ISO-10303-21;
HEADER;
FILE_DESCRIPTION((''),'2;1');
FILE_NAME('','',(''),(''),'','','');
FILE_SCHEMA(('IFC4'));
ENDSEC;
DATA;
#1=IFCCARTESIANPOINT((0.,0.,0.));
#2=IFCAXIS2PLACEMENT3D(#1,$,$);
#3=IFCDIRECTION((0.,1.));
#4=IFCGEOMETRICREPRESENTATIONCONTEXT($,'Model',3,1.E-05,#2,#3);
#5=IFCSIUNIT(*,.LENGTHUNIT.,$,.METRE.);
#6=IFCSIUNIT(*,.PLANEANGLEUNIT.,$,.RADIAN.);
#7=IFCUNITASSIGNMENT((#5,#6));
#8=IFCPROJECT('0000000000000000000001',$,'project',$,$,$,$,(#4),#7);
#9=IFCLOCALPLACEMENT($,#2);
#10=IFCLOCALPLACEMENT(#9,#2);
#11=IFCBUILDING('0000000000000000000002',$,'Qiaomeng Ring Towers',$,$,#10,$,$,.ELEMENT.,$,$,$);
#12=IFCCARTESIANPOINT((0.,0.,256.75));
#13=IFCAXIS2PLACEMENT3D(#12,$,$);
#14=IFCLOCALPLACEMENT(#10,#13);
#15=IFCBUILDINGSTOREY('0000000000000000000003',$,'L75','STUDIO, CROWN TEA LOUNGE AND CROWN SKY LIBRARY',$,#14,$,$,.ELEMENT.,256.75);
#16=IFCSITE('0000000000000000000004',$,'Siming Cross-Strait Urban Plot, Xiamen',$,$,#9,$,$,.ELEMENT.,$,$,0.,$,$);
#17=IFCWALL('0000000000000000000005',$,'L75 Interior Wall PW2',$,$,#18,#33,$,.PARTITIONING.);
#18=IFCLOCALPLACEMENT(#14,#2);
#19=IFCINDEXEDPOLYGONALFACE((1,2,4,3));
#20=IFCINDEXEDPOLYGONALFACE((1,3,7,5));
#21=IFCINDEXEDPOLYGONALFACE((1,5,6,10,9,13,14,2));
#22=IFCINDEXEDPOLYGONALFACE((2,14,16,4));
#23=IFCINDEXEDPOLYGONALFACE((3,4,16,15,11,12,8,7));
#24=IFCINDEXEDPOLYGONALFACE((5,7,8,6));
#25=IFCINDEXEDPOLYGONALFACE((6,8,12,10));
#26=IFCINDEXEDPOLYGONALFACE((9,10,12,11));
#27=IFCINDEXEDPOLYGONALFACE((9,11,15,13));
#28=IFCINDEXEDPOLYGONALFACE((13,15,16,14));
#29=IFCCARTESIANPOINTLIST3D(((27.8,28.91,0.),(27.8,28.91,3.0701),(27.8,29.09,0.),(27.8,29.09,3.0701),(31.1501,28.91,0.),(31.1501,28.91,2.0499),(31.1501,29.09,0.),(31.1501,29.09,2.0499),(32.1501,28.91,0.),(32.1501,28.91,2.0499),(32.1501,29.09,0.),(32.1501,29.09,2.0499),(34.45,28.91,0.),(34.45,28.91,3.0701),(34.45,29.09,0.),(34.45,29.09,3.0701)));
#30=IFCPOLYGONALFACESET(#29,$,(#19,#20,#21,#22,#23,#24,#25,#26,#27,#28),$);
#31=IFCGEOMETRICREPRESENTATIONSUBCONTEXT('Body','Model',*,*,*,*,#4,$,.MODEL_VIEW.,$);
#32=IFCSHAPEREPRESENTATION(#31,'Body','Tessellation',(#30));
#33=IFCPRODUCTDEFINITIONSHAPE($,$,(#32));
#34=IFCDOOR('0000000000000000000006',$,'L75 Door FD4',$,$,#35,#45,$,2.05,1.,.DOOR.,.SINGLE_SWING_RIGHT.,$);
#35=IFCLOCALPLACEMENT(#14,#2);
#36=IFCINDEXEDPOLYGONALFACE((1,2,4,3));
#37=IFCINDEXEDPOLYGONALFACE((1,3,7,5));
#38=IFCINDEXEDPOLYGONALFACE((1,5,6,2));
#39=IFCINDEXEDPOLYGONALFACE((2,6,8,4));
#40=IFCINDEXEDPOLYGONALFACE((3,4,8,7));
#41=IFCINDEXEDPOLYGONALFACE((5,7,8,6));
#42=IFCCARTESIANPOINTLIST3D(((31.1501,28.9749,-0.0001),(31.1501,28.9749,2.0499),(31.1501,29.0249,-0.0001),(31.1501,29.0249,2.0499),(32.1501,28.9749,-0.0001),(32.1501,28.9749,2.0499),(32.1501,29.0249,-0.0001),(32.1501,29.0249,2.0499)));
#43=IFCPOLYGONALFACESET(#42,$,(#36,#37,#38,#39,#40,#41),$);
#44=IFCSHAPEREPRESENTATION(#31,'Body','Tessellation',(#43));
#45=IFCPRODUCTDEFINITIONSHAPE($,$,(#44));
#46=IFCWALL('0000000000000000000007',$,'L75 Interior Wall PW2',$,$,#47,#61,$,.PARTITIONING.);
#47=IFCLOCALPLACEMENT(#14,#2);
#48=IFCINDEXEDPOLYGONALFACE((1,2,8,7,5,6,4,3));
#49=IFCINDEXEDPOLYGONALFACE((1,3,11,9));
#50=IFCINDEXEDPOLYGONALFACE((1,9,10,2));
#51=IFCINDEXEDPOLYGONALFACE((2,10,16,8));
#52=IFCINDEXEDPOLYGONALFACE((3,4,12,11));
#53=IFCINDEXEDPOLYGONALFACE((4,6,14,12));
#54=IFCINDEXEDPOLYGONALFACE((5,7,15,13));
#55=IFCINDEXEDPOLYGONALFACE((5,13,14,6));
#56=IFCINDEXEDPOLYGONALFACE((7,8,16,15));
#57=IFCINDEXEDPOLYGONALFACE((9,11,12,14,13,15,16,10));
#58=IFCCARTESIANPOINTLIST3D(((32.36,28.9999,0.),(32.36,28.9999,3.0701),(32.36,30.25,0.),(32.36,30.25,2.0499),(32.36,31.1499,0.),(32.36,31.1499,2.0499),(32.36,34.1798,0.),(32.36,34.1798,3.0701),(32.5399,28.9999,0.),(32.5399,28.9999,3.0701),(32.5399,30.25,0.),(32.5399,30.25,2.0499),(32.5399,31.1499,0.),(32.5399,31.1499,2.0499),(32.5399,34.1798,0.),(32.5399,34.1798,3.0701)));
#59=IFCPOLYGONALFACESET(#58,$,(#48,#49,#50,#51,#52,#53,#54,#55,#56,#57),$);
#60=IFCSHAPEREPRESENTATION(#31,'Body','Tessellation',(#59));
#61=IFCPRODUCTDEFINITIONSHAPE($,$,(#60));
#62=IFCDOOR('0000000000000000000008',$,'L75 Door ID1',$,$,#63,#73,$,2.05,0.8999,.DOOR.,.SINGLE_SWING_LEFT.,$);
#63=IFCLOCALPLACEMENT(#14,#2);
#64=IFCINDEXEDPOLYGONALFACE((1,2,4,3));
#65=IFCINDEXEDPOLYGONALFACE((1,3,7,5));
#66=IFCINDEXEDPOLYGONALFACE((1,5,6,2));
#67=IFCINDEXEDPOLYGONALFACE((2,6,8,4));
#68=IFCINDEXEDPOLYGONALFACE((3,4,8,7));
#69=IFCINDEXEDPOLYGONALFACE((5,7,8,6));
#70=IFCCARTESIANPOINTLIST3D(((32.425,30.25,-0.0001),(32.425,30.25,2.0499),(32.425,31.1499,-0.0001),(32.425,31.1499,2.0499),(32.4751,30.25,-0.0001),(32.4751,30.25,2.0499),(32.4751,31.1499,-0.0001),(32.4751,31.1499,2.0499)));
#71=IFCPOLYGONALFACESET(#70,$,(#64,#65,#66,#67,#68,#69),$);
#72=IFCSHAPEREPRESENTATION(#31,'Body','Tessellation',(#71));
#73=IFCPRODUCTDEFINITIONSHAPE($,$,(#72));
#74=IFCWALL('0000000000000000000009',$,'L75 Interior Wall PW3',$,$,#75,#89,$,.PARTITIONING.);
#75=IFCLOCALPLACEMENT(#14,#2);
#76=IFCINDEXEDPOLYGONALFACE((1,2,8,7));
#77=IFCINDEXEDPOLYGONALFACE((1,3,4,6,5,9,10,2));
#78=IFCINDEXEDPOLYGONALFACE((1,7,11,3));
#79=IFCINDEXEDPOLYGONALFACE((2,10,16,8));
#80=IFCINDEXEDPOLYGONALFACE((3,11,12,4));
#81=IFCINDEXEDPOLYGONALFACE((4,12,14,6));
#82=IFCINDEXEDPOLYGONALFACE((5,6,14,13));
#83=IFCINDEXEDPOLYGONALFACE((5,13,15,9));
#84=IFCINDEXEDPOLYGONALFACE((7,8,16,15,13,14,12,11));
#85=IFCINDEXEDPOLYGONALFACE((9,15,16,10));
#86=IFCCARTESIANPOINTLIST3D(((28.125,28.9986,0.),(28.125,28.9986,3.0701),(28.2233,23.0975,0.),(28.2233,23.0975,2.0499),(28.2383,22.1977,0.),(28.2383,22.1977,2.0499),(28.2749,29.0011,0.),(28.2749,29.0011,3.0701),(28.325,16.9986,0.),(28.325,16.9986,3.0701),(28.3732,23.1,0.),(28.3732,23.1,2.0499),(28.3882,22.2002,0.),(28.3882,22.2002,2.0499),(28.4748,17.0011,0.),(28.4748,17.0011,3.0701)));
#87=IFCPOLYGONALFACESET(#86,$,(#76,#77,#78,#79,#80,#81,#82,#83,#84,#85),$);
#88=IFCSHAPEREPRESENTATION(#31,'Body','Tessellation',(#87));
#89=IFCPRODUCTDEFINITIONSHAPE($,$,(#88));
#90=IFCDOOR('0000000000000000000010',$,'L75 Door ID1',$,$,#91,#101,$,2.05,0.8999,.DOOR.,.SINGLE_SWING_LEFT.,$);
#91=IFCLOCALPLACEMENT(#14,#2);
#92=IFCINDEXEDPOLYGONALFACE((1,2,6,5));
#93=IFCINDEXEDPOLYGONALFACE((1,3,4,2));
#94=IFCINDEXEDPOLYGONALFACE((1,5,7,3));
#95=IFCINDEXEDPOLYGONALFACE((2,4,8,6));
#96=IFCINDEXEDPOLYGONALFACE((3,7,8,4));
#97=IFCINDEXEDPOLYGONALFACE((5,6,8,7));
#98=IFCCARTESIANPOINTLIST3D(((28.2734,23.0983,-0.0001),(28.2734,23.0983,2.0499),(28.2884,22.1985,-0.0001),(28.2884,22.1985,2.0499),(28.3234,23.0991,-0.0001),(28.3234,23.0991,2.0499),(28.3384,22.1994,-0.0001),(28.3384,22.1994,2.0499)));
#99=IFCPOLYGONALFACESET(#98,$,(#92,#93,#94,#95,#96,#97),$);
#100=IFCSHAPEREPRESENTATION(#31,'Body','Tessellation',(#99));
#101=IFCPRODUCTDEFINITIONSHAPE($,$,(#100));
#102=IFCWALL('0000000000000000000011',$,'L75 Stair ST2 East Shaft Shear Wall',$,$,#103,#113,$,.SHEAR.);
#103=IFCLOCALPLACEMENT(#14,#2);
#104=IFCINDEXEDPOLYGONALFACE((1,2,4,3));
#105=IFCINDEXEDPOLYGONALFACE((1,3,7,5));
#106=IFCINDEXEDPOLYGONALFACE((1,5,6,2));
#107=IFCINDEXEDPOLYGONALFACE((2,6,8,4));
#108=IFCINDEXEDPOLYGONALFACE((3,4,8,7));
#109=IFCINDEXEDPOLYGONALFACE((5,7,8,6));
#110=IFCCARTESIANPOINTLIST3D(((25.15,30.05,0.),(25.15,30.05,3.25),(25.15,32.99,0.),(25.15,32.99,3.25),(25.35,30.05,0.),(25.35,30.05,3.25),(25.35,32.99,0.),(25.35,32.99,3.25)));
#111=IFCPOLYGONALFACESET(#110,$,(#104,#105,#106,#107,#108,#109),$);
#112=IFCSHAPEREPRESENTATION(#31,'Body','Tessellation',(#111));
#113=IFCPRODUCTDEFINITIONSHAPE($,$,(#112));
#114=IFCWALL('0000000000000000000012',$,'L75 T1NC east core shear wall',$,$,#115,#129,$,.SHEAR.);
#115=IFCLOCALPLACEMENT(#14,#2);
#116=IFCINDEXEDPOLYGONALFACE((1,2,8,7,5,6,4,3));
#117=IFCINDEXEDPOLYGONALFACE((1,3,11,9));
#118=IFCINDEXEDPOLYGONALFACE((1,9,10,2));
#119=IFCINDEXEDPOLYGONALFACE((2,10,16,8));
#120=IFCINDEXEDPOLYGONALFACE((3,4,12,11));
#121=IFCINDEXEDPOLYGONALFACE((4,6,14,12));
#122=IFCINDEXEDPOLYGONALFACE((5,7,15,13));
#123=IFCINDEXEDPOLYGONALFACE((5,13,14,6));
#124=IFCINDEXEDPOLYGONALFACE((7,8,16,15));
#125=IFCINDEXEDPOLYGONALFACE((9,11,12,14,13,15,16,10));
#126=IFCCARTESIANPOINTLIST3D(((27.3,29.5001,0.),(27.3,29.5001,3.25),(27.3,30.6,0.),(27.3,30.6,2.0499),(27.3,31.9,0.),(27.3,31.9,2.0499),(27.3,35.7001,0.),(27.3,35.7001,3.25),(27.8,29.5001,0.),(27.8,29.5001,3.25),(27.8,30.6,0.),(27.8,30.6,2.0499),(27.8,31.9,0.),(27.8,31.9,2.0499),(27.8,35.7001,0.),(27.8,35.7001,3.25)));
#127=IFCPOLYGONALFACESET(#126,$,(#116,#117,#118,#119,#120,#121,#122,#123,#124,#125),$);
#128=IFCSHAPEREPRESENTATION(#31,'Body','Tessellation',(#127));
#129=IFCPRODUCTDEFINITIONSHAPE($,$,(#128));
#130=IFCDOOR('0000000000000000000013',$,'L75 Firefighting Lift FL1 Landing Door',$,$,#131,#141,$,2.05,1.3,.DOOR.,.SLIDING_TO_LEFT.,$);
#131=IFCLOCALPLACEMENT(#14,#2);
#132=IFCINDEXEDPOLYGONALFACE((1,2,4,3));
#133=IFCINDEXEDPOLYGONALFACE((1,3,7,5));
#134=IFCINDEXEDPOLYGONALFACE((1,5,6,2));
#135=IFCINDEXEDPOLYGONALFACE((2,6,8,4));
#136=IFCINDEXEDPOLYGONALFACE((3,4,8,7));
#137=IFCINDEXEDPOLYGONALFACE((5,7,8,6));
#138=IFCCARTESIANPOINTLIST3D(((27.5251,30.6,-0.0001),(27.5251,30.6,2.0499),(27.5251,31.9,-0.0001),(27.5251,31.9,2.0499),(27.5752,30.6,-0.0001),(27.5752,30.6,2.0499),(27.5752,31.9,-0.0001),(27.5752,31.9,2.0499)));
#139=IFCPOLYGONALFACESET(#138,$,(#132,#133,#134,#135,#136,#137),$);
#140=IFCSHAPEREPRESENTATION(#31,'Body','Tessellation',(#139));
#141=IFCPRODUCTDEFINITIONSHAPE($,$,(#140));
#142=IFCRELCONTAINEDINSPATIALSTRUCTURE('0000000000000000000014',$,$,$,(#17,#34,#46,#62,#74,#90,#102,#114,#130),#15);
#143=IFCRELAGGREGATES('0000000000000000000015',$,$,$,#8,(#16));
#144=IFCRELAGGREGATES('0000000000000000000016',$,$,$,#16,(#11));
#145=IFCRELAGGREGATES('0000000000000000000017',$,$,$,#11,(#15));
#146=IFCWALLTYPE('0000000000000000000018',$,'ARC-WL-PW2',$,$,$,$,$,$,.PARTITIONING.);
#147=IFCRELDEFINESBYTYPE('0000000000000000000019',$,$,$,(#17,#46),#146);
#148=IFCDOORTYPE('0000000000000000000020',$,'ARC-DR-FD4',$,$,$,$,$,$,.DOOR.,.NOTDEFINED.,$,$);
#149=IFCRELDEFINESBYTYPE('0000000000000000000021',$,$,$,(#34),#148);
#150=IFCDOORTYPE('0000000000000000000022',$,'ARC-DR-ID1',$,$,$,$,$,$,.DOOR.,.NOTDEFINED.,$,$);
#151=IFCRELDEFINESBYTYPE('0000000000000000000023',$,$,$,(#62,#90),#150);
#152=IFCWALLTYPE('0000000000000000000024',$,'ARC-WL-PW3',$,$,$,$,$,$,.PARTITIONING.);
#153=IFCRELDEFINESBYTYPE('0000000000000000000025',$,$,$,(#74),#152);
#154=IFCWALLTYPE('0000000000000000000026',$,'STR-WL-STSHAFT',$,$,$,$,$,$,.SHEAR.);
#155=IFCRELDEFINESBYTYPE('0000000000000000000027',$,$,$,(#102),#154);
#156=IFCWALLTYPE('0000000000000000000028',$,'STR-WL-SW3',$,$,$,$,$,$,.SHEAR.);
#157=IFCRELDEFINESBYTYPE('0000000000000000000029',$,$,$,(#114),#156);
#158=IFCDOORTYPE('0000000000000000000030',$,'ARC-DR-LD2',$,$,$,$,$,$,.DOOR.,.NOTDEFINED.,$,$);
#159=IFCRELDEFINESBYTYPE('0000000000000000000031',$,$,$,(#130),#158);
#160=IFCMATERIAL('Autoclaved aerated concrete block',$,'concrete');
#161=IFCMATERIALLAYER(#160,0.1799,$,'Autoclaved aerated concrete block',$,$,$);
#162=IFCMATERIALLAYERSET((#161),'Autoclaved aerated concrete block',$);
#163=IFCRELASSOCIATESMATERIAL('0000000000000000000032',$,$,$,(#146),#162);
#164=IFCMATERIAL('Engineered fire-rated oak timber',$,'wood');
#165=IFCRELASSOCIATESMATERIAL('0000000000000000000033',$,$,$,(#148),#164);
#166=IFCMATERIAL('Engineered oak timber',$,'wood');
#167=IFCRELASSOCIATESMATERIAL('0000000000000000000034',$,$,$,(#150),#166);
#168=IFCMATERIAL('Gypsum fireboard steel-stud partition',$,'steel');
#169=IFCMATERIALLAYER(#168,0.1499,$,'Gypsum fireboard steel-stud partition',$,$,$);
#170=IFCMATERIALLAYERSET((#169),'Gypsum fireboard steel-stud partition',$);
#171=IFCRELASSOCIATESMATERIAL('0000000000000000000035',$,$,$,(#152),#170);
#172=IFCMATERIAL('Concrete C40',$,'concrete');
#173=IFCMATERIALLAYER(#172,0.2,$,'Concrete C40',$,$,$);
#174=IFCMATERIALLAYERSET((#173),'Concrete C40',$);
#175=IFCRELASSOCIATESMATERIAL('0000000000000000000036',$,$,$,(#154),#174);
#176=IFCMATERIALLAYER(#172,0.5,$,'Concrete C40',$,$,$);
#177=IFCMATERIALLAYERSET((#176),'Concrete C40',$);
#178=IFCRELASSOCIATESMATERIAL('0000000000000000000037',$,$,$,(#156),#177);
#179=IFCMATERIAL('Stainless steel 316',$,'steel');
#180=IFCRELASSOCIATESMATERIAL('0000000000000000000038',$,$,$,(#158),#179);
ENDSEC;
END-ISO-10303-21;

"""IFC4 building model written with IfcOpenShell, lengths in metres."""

from ifc_helpers import new_model, si_unit, direction, frame, frame_2d, origin, place, context, subcontext, project, spatial, rectangle, extrude, source, transform, mapped, material, layer, layer_set, type_object, element, fill, save


model = new_model("IFC4")

# Units and contexts
model_context = context("Model", 3, precision=1e-05, world=origin(), true_north=direction((0.0, 1.0)))
body_context = subcontext(model_context, "Body", "Model", "MODEL_VIEW")
ifc_project = project(units=[si_unit("LENGTHUNIT", "METRE"), si_unit("PLANEANGLEUNIT", "RADIAN")], contexts=[model_context])

# Site, building, storey
site_placement = place(None, origin())
site = spatial("IfcSite", under=ifc_project, at=site_placement, Name="Siming Cross-Strait Urban Plot, Xiamen", CompositionType="ELEMENT", RefElevation=0.0)
building_placement = place(site_placement, origin())
building = spatial("IfcBuilding", under=site, at=building_placement, Name="Qiaomeng Ring Towers", CompositionType="ELEMENT")
storey_placement = place(building_placement, frame((0.0, 0.0, 256.75)))
storey = spatial("IfcBuildingStorey", under=building, at=storey_placement, Name="L75", Description="STUDIO, CROWN TEA LOUNGE AND CROWN SKY LIBRARY", CompositionType="ELEMENT", Elevation=256.75)

# Shared definitions
ifc_material_1 = material(Name="Concrete C40", Category="concrete")

# Shared definitions
ifc_material_2 = material(Name="Stainless steel 316", Category="steel")

# Shared definitions
ifc_material_3 = material(Name="Autoclaved aerated concrete block", Category="concrete")

# Walls, openings, doors
ifc_layer_1 = layer(ifc_material_3, 0.1799, Name="Autoclaved aerated concrete block")
ifc_layer_set_1 = layer_set([ifc_layer_1], Name="Autoclaved aerated concrete block")
wall_type_1 = type_object("IfcWallType", Name="ARC-WL-PW2", PredefinedType="PARTITIONING", material=ifc_layer_set_1)
wall_1_placement = place(storey_placement, frame((27.8, 29.0, 0.0), z_axis=(0.0, 0.0, 1.0), x_axis=(1.0, 0.0, 0.0)))
wall_1 = element("IfcWall", 1, at=wall_1_placement, inside=storey, type_object=wall_type_1, Name="L75 Interior Wall PW2", PredefinedType="PARTITIONING", context=body_context, shape_type="SweptSolid", body=[
    extrude(rectangle(XDim=6.6499, YDim=0.1799, at=frame_2d((3.325, 0.0))), origin(), (0.0, 0.0, 1.0), 3.0701),
])
opening_1_placement = place(wall_1_placement, frame((3.3501, 0.0, 0.0)))
opening_1 = element("IfcOpeningElement", 2, at=opening_1_placement, cuts=wall_1, PredefinedType="OPENING", context=body_context, shape_type="SweptSolid", body=[
    extrude(rectangle(XDim=1.0, YDim=2.05, at=frame_2d((0.5, 1.0249))), frame((0.0, 0.0999, 0.0), z_axis=(0.0, -1.0, 0.0), x_axis=(1.0, 0.0, 0.0)), (0.0, 0.0, 1.0), 0.2),
])
ifc_material_4 = material(Name="Engineered fire-rated oak timber", Category="wood")
door_type_1 = type_object("IfcDoorType", Name="ARC-DR-FD4", OperationType="NOTDEFINED", PredefinedType="DOOR", material=ifc_material_4)
shared_shape_1 = source(origin(), body_context, "Body", "SweptSolid", [
    extrude(rectangle(XDim=1.0, YDim=2.05, at=frame_2d((0.5, 1.0249))), frame((0.0, 0.0249, 0.0), z_axis=(0.0, -1.0, 0.0), x_axis=(1.0, 0.0, 0.0)), (0.0, 0.0, 1.0), 0.05),
])
door_1_placement = place(opening_1_placement, origin())
door_1 = element("IfcDoor", 3, at=door_1_placement, inside=storey, type_object=door_type_1, Name="L75 Door FD4", OperationType="SINGLE_SWING_RIGHT", OverallHeight=2.05, OverallWidth=1.0, PredefinedType="DOOR", context=body_context, shape_type="MappedRepresentation", body=[
    mapped(shared_shape_1, transform((0.0, 0.0, 0.0), x_axis=(1.0, 0.0, 0.0), y_axis=(0.0, 1.0, 0.0), z_axis=(0.0, 0.0, 1.0), scale=1.0)),
])
fill(opening_1, door_1)
wall_2_placement = place(storey_placement, frame((32.45, 29.0, 0.0), z_axis=(0.0, 0.0, 1.0), x_axis=(0.0, 1.0, 0.0)))
wall_2 = element("IfcWall", 4, at=wall_2_placement, inside=storey, type_object=wall_type_1, Name="L75 Interior Wall PW2", PredefinedType="PARTITIONING", context=body_context, shape_type="SweptSolid", body=[
    extrude(rectangle(XDim=5.1799, YDim=0.1799, at=frame_2d((2.5898, 0.0))), origin(), (0.0, 0.0, 1.0), 3.0701),
])
opening_2_placement = place(wall_2_placement, frame((1.25, 0.0, 0.0)))
opening_2 = element("IfcOpeningElement", 5, at=opening_2_placement, cuts=wall_2, PredefinedType="OPENING", context=body_context, shape_type="SweptSolid", body=[
    extrude(rectangle(XDim=0.8999, YDim=2.05, at=frame_2d((0.45, 1.0249))), frame((0.0, 0.0999, 0.0), z_axis=(0.0, -1.0, 0.0), x_axis=(1.0, 0.0, 0.0)), (0.0, 0.0, 1.0), 0.2),
])
ifc_material_5 = material(Name="Engineered oak timber", Category="wood")
door_type_2 = type_object("IfcDoorType", Name="ARC-DR-ID1", OperationType="NOTDEFINED", PredefinedType="DOOR", material=ifc_material_5)
shared_shape_2 = source(origin(), body_context, "Body", "SweptSolid", [
    extrude(rectangle(XDim=0.8999, YDim=2.05, at=frame_2d((0.45, 1.0249))), frame((0.0, 0.0249, 0.0), z_axis=(0.0, -1.0, 0.0), x_axis=(1.0, 0.0, 0.0)), (0.0, 0.0, 1.0), 0.05),
])
door_2_placement = place(opening_2_placement, origin())
door_2 = element("IfcDoor", 6, at=door_2_placement, inside=storey, type_object=door_type_2, Name="L75 Door ID1", OperationType="SINGLE_SWING_LEFT", OverallHeight=2.05, OverallWidth=0.8999, PredefinedType="DOOR", context=body_context, shape_type="MappedRepresentation", body=[
    mapped(shared_shape_2, transform((0.0, 0.0, 0.0), x_axis=(1.0, 0.0, 0.0), y_axis=(0.0, 1.0, 0.0), z_axis=(0.0, 0.0, 1.0), scale=1.0)),
])
fill(opening_2, door_2)
ifc_material_6 = material(Name="Gypsum fireboard steel-stud partition", Category="steel")
ifc_layer_2 = layer(ifc_material_6, 0.1499, Name="Gypsum fireboard steel-stud partition")
ifc_layer_set_2 = layer_set([ifc_layer_2], Name="Gypsum fireboard steel-stud partition")
wall_type_2 = type_object("IfcWallType", Name="ARC-WL-PW3", PredefinedType="PARTITIONING", material=ifc_layer_set_2)
wall_3_placement = place(storey_placement, frame((28.2, 29.0, 0.0), z_axis=(0.0, 0.0, 1.0), x_axis=(0.01666, -0.999861, 0.0)))
wall_3 = element("IfcWall", 7, at=wall_3_placement, inside=storey, type_object=wall_type_2, Name="L75 Interior Wall PW3", PredefinedType="PARTITIONING", context=body_context, shape_type="SweptSolid", body=[
    extrude(rectangle(XDim=12.0017, YDim=0.1499, at=frame_2d((6.001, 0.0))), origin(), (0.0, 0.0, 1.0), 3.0701),
])
opening_3_placement = place(wall_3_placement, frame((5.9021, 0.0, 0.0)))
opening_3 = element("IfcOpeningElement", 8, at=opening_3_placement, cuts=wall_3, PredefinedType="OPENING", context=body_context, shape_type="SweptSolid", body=[
    extrude(rectangle(XDim=0.8999, YDim=2.05, at=frame_2d((0.45, 1.0249))), frame((0.0, 0.085, 0.0), z_axis=(0.0, -1.0, 0.0), x_axis=(1.0, 0.0, 0.0)), (0.0, 0.0, 1.0), 0.1699),
])
door_3_placement = place(opening_3_placement, frame((0.8999, 0.0, 0.0), z_axis=(0.0, 0.0, 1.0), x_axis=(-1.0, 0.0, 0.0)))
door_3 = element("IfcDoor", 9, at=door_3_placement, inside=storey, type_object=door_type_2, Name="L75 Door ID1", OperationType="SINGLE_SWING_LEFT", OverallHeight=2.05, OverallWidth=0.8999, PredefinedType="DOOR", context=body_context, shape_type="MappedRepresentation", body=[
    mapped(shared_shape_2, transform((0.0, 0.0, 0.0), x_axis=(1.0, 0.0, 0.0), y_axis=(0.0, 1.0, 0.0), z_axis=(0.0, 0.0, 1.0), scale=1.0)),
])
fill(opening_3, door_3)

# Wall
ifc_layer_3 = layer(ifc_material_1, 0.2, Name="Concrete C40")
ifc_layer_set_3 = layer_set([ifc_layer_3], Name="Concrete C40")
wall_type_3 = type_object("IfcWallType", Name="STR-WL-STSHAFT", PredefinedType="SHEAR", material=ifc_layer_set_3)
wall_4_placement = place(storey_placement, frame((25.25, 30.05, 0.0), z_axis=(0.0, 0.0, 1.0), x_axis=(0.0, 1.0, 0.0)))
element("IfcWall", 10, at=wall_4_placement, inside=storey, type_object=wall_type_3, Name="L75 Stair ST2 East Shaft Shear Wall", PredefinedType="SHEAR", context=body_context, shape_type="SweptSolid", body=[
    extrude(rectangle(XDim=2.9399, YDim=0.2, at=frame_2d((1.47, 0.0))), origin(), (0.0, 0.0, 1.0), 3.25),
])

# Wall, opening, door
ifc_layer_4 = layer(ifc_material_1, 0.5, Name="Concrete C40")
ifc_layer_set_4 = layer_set([ifc_layer_4], Name="Concrete C40")
wall_type_4 = type_object("IfcWallType", Name="STR-WL-SW3", PredefinedType="SHEAR", material=ifc_layer_set_4)
wall_5_placement = place(storey_placement, frame((27.55, 29.5, 0.0), z_axis=(0.0, 0.0, 1.0), x_axis=(0.0, 1.0, 0.0)))
wall_5 = element("IfcWall", 11, at=wall_5_placement, inside=storey, type_object=wall_type_4, Name="L75 T1NC east core shear wall", PredefinedType="SHEAR", context=body_context, shape_type="SweptSolid", body=[
    extrude(rectangle(XDim=6.2, YDim=0.5, at=frame_2d((3.1001, 0.0))), origin(), (0.0, 0.0, 1.0), 3.25),
])
opening_4_placement = place(wall_5_placement, frame((1.1001, 0.0, 0.0)))
opening_4 = element("IfcOpeningElement", 12, at=opening_4_placement, cuts=wall_5, PredefinedType="OPENING", context=body_context, shape_type="SweptSolid", body=[
    extrude(rectangle(XDim=1.3, YDim=2.05, at=frame_2d((0.6499, 1.0249))), frame((0.0, 0.26, 0.0), z_axis=(0.0, -1.0, 0.0), x_axis=(1.0, 0.0, 0.0)), (0.0, 0.0, 1.0), 0.52),
])
door_type_3 = type_object("IfcDoorType", Name="ARC-DR-LD2", OperationType="NOTDEFINED", PredefinedType="DOOR", material=ifc_material_2)
shared_shape_3 = source(origin(), body_context, "Body", "SweptSolid", [
    extrude(rectangle(XDim=1.3, YDim=2.05, at=frame_2d((0.6499, 1.0249))), frame((0.0, 0.0249, 0.0), z_axis=(0.0, -1.0, 0.0), x_axis=(1.0, 0.0, 0.0)), (0.0, 0.0, 1.0), 0.05),
])
door_4_placement = place(opening_4_placement, origin())
door_4 = element("IfcDoor", 13, at=door_4_placement, inside=storey, type_object=door_type_3, Name="L75 Firefighting Lift FL1 Landing Door", OperationType="SLIDING_TO_LEFT", OverallHeight=2.05, OverallWidth=1.3, PredefinedType="DOOR", context=body_context, shape_type="MappedRepresentation", body=[
    mapped(shared_shape_3, transform((0.0, 0.0, 0.0), x_axis=(1.0, 0.0, 0.0), y_axis=(0.0, 1.0, 0.0), z_axis=(0.0, 0.0, 1.0), scale=1.0)),
])
fill(opening_4, door_4)

save(model, "model.ifc")
